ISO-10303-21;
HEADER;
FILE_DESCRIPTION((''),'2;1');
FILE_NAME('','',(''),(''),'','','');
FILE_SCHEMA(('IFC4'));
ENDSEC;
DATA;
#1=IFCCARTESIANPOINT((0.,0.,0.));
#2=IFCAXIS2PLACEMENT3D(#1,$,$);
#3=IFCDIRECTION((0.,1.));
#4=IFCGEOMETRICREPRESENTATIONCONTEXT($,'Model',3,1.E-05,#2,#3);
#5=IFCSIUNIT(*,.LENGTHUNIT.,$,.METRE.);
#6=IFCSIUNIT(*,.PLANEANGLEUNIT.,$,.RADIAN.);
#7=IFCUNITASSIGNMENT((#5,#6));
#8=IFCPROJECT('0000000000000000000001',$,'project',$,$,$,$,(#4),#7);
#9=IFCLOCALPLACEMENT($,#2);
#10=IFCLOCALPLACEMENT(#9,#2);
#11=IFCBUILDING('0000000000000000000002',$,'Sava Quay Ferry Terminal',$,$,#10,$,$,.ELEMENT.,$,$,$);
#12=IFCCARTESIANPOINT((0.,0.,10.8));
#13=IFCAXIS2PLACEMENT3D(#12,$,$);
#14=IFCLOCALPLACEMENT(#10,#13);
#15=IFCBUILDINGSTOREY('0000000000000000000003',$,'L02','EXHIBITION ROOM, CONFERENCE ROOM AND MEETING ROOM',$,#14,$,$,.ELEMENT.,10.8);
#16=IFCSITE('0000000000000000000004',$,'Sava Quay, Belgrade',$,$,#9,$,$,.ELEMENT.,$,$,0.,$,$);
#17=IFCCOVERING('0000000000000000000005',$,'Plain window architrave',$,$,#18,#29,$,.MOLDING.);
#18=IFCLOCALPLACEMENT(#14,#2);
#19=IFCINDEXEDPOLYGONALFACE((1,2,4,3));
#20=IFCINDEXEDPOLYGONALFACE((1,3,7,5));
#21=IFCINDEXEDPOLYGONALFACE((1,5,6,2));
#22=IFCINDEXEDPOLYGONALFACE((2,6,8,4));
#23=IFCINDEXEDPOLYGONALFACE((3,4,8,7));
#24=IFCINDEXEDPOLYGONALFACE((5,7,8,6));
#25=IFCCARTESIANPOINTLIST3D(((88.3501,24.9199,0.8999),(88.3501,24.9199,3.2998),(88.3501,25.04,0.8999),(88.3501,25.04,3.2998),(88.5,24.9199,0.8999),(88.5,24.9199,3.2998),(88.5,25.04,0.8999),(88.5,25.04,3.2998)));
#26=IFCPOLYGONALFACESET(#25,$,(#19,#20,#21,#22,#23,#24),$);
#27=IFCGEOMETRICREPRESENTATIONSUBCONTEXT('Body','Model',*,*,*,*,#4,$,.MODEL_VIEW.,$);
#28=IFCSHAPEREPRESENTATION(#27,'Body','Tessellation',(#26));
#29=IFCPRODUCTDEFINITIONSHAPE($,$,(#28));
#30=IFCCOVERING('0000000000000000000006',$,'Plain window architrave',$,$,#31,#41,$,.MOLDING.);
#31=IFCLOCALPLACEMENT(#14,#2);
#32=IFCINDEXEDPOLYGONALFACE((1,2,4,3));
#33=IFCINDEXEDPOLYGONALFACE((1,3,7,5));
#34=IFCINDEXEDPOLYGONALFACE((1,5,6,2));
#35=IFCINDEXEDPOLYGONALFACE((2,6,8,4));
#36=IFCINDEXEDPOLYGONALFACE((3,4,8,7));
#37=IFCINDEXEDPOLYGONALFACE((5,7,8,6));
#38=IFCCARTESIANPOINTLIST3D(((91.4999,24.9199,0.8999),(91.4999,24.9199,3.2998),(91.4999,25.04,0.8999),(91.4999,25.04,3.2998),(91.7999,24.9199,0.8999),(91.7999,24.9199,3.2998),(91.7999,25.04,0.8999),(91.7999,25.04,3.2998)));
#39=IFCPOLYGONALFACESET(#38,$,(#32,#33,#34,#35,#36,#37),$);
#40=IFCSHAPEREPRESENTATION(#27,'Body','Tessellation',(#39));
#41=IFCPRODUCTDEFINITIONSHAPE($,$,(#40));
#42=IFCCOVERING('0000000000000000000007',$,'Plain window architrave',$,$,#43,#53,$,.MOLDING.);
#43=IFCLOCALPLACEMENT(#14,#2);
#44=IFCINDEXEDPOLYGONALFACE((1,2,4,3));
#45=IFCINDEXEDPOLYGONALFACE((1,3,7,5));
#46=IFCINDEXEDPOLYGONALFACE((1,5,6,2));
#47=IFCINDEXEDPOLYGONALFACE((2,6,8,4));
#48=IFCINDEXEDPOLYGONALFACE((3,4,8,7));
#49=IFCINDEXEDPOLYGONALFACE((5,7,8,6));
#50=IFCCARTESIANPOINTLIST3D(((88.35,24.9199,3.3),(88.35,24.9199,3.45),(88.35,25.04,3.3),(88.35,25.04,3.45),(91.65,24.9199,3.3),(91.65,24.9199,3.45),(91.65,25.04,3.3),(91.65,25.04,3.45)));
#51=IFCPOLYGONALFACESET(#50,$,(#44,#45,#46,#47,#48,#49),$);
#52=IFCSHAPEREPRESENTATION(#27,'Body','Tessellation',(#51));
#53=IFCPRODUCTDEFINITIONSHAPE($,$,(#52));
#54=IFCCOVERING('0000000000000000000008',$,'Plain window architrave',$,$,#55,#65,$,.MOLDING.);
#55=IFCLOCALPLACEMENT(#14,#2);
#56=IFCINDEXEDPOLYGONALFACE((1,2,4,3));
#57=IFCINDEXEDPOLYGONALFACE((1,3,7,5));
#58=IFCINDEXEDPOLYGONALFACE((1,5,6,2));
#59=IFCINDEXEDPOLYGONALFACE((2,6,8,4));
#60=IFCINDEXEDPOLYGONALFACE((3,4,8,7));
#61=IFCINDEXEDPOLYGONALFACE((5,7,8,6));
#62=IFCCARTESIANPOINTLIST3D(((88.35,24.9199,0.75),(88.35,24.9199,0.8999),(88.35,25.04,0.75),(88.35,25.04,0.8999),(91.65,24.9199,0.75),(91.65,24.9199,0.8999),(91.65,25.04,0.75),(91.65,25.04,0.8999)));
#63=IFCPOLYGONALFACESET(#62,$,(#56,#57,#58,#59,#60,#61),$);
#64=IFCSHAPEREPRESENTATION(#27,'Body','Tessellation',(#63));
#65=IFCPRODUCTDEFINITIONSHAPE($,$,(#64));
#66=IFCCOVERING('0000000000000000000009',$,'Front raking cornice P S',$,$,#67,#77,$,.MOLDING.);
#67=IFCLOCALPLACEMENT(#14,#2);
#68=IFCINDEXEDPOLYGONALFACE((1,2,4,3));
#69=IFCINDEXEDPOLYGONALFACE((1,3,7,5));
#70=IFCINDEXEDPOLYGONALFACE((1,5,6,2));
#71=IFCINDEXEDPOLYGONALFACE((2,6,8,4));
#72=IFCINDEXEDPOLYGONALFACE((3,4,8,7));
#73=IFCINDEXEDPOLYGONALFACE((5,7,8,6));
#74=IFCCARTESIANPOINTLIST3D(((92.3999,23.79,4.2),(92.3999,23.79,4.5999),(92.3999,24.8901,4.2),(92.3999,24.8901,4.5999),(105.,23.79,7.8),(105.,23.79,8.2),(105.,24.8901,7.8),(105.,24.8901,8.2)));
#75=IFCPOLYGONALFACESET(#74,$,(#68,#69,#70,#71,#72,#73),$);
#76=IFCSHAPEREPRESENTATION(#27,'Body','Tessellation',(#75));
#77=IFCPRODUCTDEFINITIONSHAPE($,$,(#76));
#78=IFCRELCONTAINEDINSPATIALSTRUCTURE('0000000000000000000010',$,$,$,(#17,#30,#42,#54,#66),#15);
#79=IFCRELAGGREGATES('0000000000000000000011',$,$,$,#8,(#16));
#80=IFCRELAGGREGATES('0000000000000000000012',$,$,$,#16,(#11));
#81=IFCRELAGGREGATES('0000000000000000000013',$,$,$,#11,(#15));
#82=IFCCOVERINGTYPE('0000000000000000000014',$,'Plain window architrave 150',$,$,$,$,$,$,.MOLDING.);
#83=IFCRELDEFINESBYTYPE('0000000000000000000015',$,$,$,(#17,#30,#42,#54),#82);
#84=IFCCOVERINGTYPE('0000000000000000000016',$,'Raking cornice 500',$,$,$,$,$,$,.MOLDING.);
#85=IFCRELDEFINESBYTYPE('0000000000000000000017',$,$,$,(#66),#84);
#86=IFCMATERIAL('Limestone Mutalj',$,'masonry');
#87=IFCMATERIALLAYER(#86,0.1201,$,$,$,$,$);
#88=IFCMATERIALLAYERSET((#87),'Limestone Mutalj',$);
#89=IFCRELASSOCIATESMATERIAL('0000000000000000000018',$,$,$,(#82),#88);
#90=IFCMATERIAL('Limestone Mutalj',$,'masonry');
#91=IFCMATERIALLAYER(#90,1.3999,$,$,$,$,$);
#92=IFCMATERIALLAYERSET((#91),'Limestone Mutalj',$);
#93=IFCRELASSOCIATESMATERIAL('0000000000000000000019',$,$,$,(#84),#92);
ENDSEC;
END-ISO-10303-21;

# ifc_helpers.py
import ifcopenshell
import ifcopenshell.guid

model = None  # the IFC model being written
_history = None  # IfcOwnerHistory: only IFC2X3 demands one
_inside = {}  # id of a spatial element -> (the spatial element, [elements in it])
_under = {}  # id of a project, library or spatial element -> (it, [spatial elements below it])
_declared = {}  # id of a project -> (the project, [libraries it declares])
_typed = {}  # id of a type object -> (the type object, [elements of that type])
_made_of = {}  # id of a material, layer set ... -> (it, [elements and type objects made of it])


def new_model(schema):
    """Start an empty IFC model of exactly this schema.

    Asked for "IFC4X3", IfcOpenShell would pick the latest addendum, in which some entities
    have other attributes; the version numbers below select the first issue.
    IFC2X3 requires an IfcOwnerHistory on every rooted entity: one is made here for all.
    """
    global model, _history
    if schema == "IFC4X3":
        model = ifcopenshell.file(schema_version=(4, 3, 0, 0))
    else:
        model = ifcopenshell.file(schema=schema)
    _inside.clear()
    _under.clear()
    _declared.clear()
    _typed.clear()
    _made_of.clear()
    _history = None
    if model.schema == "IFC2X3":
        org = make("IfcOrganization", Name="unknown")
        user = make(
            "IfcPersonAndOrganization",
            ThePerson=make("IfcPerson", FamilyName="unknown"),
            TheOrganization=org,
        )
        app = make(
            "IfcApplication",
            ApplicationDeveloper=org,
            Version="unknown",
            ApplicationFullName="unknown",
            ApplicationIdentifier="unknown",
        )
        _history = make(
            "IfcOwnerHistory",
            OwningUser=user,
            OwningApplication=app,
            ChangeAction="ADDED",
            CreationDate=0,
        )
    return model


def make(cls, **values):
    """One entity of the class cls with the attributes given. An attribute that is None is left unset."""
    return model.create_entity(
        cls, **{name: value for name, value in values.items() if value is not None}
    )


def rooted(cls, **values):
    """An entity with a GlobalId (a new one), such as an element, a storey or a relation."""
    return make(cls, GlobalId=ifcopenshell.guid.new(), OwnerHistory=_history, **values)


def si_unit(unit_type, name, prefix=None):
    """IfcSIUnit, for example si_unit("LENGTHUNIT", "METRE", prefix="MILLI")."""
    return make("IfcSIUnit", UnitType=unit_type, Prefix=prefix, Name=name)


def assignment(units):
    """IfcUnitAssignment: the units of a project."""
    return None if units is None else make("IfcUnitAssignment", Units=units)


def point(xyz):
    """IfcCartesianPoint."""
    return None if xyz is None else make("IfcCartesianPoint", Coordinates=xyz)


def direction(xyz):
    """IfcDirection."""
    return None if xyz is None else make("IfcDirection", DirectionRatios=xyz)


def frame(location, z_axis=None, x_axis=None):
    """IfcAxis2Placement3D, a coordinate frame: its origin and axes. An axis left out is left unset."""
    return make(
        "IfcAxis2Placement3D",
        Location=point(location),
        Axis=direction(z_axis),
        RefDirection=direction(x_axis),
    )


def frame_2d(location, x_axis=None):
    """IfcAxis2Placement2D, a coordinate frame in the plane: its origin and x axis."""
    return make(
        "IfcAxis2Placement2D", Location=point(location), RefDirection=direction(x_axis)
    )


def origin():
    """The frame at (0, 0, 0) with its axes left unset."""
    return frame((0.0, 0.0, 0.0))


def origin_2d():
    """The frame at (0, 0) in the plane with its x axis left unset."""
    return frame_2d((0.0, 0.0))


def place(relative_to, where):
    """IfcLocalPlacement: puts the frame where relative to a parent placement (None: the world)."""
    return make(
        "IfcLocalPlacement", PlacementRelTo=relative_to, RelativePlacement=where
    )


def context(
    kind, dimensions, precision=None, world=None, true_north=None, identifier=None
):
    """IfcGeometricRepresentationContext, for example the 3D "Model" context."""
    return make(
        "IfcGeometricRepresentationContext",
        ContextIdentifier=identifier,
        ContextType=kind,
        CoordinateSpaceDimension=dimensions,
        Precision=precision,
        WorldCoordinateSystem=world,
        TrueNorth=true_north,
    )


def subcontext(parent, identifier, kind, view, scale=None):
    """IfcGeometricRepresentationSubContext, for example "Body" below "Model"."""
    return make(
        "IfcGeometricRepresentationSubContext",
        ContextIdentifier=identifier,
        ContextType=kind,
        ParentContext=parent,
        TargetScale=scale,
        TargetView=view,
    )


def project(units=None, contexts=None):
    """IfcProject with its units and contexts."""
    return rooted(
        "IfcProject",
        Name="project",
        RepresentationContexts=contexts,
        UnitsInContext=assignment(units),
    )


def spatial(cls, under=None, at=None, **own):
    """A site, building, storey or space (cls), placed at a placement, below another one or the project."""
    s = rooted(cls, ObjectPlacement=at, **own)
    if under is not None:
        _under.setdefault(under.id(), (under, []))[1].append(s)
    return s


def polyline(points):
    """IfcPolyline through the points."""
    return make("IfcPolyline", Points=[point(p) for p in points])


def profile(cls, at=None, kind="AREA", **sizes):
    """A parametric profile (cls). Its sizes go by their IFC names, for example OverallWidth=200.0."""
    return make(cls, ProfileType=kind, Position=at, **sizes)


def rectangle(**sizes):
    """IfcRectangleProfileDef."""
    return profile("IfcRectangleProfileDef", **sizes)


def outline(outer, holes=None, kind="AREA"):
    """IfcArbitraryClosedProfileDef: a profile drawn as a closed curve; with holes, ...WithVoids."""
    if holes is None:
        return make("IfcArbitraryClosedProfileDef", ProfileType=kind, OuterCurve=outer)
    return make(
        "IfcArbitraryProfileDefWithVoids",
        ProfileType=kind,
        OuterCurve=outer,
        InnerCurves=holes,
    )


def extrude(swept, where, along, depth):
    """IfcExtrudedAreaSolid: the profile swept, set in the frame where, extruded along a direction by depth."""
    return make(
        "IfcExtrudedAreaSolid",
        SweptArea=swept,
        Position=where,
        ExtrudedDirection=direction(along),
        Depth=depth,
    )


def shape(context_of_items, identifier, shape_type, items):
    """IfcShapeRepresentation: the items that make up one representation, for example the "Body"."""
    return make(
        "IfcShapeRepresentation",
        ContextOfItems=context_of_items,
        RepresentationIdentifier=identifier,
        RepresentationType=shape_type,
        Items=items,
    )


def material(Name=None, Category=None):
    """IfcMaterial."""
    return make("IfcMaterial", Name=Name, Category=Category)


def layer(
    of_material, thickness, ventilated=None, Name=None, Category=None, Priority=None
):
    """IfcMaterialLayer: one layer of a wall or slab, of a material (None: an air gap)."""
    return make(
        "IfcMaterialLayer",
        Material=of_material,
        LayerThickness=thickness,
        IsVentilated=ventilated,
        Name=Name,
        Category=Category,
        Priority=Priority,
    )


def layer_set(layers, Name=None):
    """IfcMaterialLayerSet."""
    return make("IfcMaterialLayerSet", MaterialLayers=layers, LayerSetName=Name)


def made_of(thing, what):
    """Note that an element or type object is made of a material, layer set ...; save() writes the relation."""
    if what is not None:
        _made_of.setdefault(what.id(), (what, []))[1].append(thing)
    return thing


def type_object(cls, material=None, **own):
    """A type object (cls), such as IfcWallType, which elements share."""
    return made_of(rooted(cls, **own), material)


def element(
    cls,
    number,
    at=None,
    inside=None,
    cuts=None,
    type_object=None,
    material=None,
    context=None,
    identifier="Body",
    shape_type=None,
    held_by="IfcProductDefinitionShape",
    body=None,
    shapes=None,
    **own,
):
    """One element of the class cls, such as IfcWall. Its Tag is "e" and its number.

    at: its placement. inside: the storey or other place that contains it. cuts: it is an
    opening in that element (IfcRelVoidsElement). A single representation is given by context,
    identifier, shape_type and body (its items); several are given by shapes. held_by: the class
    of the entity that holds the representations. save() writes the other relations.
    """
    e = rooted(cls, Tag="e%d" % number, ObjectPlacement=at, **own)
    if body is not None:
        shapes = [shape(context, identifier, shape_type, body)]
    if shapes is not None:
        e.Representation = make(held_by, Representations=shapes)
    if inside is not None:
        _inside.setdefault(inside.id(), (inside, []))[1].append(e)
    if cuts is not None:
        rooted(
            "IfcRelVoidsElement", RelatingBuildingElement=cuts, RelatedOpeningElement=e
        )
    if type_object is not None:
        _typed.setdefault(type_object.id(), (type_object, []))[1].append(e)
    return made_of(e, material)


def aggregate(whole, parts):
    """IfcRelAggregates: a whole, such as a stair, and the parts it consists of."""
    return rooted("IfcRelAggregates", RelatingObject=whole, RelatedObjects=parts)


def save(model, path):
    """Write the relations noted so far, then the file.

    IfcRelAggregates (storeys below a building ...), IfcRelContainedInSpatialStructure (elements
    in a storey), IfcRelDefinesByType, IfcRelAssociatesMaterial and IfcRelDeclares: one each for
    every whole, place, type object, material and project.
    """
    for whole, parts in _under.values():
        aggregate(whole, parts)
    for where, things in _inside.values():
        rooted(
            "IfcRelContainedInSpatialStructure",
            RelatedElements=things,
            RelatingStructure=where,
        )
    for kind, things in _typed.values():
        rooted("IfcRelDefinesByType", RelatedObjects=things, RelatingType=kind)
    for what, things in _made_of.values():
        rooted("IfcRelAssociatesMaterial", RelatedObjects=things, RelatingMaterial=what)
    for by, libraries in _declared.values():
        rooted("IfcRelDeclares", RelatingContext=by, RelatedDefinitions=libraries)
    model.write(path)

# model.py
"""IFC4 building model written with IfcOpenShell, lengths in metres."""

from ifc_helpers import new_model, si_unit, direction, frame, origin, origin_2d, place, context, subcontext, project, spatial, polyline, rectangle, outline, extrude, material, layer, layer_set, type_object, element, save


model = new_model("IFC4")

# Units and contexts
model_context = context("Model", 3, precision=1e-05, world=origin(), true_north=direction((0.0, 1.0)))
body_context = subcontext(model_context, "Body", "Model", "MODEL_VIEW")
ifc_project = project(units=[si_unit("LENGTHUNIT", "METRE"), si_unit("PLANEANGLEUNIT", "RADIAN")], contexts=[model_context])

# Site, building, storey
site_placement = place(None, origin())
site = spatial("IfcSite", under=ifc_project, at=site_placement, Name="Sava Quay, Belgrade", CompositionType="ELEMENT", RefElevation=0.0)
building_placement = place(site_placement, origin())
building = spatial("IfcBuilding", under=site, at=building_placement, Name="Sava Quay Ferry Terminal", CompositionType="ELEMENT")
storey_placement = place(building_placement, frame((0.0, 0.0, 10.8)))
storey = spatial("IfcBuildingStorey", under=building, at=storey_placement, Name="L02", Description="EXHIBITION ROOM, CONFERENCE ROOM AND MEETING ROOM", CompositionType="ELEMENT", Elevation=10.8)

# Coverings
ifc_material_1 = material(Name="Limestone Mutalj", Category="masonry")
ifc_layer_1 = layer(ifc_material_1, 0.1201)
ifc_layer_set_1 = layer_set([ifc_layer_1], Name="Limestone Mutalj")
covering_type_1 = type_object("IfcCoveringType", Name="Plain window architrave 150", PredefinedType="MOLDING", material=ifc_layer_set_1)
covering_1_placement = place(storey_placement, frame((88.425, 24.98, 0.8999), z_axis=(0.0, 0.0, 1.0), x_axis=(1.0, 0.0, 0.0)))
element("IfcCovering", 1, at=covering_1_placement, inside=storey, type_object=covering_type_1, Name="Plain window architrave", PredefinedType="MOLDING", context=body_context, shape_type="SweptSolid", body=[
    extrude(rectangle(XDim=0.1499, YDim=0.1201, at=origin_2d()), origin(), (0.0, 0.0, 1.0), 2.3999),
])
covering_2_placement = place(storey_placement, frame((91.6499, 24.98, 0.8999), z_axis=(0.0, 0.0, 1.0), x_axis=(1.0, 0.0, 0.0)))
element("IfcCovering", 2, at=covering_2_placement, inside=storey, type_object=covering_type_1, Name="Plain window architrave", PredefinedType="MOLDING", context=body_context, shape_type="SweptSolid", body=[
    extrude(rectangle(XDim=0.3, YDim=0.1201, at=origin_2d()), origin(), (0.0, 0.0, 1.0), 2.3999),
])
for number, where, z_axis, x_axis, name in (
    (3, (90.0, 24.98, 3.3), (0.0, 0.0, 1.0), (1.0, 0.0, 0.0), "Plain window architrave"),
    (4, (90.0, 24.98, 0.75), (0.0, 0.0, 1.0), (1.0, 0.0, 0.0), "Plain window architrave"),
):
    element("IfcCovering", number, at=place(storey_placement, frame(where, z_axis=z_axis, x_axis=x_axis)), inside=storey, type_object=covering_type_1, Name=name, PredefinedType="MOLDING", context=body_context, shape_type="SweptSolid", body=[
        extrude(rectangle(XDim=3.3, YDim=0.1201, at=origin_2d()), origin(), (0.0, 0.0, 1.0), 0.1499),
    ])
ifc_material_2 = material(Name="Limestone Mutalj", Category="masonry")
ifc_layer_2 = layer(ifc_material_2, 1.3999)
ifc_layer_set_2 = layer_set([ifc_layer_2], Name="Limestone Mutalj")
covering_type_2 = type_object("IfcCoveringType", Name="Raking cornice 500", PredefinedType="MOLDING", material=ifc_layer_set_2)
covering_3_placement = place(storey_placement, frame((92.3999, 23.79, 4.2), z_axis=(0.0, -1.0, 0.0), x_axis=(0.961523, 0.0, 0.274726)))
element("IfcCovering", 5, at=covering_3_placement, inside=storey, type_object=covering_type_2, Name="Front raking cornice P S", PredefinedType="MOLDING", context=body_context, shape_type="SweptSolid", body=[
    extrude(outline(polyline([(0.0, 0.0), (13.1043, 0.0), (13.2142, 0.3845), (0.1099, 0.3845), (0.0, 0.0)])), origin(), (0.0, 0.0, -1.0), 1.1001),
])

save(model, "model.ifc")
